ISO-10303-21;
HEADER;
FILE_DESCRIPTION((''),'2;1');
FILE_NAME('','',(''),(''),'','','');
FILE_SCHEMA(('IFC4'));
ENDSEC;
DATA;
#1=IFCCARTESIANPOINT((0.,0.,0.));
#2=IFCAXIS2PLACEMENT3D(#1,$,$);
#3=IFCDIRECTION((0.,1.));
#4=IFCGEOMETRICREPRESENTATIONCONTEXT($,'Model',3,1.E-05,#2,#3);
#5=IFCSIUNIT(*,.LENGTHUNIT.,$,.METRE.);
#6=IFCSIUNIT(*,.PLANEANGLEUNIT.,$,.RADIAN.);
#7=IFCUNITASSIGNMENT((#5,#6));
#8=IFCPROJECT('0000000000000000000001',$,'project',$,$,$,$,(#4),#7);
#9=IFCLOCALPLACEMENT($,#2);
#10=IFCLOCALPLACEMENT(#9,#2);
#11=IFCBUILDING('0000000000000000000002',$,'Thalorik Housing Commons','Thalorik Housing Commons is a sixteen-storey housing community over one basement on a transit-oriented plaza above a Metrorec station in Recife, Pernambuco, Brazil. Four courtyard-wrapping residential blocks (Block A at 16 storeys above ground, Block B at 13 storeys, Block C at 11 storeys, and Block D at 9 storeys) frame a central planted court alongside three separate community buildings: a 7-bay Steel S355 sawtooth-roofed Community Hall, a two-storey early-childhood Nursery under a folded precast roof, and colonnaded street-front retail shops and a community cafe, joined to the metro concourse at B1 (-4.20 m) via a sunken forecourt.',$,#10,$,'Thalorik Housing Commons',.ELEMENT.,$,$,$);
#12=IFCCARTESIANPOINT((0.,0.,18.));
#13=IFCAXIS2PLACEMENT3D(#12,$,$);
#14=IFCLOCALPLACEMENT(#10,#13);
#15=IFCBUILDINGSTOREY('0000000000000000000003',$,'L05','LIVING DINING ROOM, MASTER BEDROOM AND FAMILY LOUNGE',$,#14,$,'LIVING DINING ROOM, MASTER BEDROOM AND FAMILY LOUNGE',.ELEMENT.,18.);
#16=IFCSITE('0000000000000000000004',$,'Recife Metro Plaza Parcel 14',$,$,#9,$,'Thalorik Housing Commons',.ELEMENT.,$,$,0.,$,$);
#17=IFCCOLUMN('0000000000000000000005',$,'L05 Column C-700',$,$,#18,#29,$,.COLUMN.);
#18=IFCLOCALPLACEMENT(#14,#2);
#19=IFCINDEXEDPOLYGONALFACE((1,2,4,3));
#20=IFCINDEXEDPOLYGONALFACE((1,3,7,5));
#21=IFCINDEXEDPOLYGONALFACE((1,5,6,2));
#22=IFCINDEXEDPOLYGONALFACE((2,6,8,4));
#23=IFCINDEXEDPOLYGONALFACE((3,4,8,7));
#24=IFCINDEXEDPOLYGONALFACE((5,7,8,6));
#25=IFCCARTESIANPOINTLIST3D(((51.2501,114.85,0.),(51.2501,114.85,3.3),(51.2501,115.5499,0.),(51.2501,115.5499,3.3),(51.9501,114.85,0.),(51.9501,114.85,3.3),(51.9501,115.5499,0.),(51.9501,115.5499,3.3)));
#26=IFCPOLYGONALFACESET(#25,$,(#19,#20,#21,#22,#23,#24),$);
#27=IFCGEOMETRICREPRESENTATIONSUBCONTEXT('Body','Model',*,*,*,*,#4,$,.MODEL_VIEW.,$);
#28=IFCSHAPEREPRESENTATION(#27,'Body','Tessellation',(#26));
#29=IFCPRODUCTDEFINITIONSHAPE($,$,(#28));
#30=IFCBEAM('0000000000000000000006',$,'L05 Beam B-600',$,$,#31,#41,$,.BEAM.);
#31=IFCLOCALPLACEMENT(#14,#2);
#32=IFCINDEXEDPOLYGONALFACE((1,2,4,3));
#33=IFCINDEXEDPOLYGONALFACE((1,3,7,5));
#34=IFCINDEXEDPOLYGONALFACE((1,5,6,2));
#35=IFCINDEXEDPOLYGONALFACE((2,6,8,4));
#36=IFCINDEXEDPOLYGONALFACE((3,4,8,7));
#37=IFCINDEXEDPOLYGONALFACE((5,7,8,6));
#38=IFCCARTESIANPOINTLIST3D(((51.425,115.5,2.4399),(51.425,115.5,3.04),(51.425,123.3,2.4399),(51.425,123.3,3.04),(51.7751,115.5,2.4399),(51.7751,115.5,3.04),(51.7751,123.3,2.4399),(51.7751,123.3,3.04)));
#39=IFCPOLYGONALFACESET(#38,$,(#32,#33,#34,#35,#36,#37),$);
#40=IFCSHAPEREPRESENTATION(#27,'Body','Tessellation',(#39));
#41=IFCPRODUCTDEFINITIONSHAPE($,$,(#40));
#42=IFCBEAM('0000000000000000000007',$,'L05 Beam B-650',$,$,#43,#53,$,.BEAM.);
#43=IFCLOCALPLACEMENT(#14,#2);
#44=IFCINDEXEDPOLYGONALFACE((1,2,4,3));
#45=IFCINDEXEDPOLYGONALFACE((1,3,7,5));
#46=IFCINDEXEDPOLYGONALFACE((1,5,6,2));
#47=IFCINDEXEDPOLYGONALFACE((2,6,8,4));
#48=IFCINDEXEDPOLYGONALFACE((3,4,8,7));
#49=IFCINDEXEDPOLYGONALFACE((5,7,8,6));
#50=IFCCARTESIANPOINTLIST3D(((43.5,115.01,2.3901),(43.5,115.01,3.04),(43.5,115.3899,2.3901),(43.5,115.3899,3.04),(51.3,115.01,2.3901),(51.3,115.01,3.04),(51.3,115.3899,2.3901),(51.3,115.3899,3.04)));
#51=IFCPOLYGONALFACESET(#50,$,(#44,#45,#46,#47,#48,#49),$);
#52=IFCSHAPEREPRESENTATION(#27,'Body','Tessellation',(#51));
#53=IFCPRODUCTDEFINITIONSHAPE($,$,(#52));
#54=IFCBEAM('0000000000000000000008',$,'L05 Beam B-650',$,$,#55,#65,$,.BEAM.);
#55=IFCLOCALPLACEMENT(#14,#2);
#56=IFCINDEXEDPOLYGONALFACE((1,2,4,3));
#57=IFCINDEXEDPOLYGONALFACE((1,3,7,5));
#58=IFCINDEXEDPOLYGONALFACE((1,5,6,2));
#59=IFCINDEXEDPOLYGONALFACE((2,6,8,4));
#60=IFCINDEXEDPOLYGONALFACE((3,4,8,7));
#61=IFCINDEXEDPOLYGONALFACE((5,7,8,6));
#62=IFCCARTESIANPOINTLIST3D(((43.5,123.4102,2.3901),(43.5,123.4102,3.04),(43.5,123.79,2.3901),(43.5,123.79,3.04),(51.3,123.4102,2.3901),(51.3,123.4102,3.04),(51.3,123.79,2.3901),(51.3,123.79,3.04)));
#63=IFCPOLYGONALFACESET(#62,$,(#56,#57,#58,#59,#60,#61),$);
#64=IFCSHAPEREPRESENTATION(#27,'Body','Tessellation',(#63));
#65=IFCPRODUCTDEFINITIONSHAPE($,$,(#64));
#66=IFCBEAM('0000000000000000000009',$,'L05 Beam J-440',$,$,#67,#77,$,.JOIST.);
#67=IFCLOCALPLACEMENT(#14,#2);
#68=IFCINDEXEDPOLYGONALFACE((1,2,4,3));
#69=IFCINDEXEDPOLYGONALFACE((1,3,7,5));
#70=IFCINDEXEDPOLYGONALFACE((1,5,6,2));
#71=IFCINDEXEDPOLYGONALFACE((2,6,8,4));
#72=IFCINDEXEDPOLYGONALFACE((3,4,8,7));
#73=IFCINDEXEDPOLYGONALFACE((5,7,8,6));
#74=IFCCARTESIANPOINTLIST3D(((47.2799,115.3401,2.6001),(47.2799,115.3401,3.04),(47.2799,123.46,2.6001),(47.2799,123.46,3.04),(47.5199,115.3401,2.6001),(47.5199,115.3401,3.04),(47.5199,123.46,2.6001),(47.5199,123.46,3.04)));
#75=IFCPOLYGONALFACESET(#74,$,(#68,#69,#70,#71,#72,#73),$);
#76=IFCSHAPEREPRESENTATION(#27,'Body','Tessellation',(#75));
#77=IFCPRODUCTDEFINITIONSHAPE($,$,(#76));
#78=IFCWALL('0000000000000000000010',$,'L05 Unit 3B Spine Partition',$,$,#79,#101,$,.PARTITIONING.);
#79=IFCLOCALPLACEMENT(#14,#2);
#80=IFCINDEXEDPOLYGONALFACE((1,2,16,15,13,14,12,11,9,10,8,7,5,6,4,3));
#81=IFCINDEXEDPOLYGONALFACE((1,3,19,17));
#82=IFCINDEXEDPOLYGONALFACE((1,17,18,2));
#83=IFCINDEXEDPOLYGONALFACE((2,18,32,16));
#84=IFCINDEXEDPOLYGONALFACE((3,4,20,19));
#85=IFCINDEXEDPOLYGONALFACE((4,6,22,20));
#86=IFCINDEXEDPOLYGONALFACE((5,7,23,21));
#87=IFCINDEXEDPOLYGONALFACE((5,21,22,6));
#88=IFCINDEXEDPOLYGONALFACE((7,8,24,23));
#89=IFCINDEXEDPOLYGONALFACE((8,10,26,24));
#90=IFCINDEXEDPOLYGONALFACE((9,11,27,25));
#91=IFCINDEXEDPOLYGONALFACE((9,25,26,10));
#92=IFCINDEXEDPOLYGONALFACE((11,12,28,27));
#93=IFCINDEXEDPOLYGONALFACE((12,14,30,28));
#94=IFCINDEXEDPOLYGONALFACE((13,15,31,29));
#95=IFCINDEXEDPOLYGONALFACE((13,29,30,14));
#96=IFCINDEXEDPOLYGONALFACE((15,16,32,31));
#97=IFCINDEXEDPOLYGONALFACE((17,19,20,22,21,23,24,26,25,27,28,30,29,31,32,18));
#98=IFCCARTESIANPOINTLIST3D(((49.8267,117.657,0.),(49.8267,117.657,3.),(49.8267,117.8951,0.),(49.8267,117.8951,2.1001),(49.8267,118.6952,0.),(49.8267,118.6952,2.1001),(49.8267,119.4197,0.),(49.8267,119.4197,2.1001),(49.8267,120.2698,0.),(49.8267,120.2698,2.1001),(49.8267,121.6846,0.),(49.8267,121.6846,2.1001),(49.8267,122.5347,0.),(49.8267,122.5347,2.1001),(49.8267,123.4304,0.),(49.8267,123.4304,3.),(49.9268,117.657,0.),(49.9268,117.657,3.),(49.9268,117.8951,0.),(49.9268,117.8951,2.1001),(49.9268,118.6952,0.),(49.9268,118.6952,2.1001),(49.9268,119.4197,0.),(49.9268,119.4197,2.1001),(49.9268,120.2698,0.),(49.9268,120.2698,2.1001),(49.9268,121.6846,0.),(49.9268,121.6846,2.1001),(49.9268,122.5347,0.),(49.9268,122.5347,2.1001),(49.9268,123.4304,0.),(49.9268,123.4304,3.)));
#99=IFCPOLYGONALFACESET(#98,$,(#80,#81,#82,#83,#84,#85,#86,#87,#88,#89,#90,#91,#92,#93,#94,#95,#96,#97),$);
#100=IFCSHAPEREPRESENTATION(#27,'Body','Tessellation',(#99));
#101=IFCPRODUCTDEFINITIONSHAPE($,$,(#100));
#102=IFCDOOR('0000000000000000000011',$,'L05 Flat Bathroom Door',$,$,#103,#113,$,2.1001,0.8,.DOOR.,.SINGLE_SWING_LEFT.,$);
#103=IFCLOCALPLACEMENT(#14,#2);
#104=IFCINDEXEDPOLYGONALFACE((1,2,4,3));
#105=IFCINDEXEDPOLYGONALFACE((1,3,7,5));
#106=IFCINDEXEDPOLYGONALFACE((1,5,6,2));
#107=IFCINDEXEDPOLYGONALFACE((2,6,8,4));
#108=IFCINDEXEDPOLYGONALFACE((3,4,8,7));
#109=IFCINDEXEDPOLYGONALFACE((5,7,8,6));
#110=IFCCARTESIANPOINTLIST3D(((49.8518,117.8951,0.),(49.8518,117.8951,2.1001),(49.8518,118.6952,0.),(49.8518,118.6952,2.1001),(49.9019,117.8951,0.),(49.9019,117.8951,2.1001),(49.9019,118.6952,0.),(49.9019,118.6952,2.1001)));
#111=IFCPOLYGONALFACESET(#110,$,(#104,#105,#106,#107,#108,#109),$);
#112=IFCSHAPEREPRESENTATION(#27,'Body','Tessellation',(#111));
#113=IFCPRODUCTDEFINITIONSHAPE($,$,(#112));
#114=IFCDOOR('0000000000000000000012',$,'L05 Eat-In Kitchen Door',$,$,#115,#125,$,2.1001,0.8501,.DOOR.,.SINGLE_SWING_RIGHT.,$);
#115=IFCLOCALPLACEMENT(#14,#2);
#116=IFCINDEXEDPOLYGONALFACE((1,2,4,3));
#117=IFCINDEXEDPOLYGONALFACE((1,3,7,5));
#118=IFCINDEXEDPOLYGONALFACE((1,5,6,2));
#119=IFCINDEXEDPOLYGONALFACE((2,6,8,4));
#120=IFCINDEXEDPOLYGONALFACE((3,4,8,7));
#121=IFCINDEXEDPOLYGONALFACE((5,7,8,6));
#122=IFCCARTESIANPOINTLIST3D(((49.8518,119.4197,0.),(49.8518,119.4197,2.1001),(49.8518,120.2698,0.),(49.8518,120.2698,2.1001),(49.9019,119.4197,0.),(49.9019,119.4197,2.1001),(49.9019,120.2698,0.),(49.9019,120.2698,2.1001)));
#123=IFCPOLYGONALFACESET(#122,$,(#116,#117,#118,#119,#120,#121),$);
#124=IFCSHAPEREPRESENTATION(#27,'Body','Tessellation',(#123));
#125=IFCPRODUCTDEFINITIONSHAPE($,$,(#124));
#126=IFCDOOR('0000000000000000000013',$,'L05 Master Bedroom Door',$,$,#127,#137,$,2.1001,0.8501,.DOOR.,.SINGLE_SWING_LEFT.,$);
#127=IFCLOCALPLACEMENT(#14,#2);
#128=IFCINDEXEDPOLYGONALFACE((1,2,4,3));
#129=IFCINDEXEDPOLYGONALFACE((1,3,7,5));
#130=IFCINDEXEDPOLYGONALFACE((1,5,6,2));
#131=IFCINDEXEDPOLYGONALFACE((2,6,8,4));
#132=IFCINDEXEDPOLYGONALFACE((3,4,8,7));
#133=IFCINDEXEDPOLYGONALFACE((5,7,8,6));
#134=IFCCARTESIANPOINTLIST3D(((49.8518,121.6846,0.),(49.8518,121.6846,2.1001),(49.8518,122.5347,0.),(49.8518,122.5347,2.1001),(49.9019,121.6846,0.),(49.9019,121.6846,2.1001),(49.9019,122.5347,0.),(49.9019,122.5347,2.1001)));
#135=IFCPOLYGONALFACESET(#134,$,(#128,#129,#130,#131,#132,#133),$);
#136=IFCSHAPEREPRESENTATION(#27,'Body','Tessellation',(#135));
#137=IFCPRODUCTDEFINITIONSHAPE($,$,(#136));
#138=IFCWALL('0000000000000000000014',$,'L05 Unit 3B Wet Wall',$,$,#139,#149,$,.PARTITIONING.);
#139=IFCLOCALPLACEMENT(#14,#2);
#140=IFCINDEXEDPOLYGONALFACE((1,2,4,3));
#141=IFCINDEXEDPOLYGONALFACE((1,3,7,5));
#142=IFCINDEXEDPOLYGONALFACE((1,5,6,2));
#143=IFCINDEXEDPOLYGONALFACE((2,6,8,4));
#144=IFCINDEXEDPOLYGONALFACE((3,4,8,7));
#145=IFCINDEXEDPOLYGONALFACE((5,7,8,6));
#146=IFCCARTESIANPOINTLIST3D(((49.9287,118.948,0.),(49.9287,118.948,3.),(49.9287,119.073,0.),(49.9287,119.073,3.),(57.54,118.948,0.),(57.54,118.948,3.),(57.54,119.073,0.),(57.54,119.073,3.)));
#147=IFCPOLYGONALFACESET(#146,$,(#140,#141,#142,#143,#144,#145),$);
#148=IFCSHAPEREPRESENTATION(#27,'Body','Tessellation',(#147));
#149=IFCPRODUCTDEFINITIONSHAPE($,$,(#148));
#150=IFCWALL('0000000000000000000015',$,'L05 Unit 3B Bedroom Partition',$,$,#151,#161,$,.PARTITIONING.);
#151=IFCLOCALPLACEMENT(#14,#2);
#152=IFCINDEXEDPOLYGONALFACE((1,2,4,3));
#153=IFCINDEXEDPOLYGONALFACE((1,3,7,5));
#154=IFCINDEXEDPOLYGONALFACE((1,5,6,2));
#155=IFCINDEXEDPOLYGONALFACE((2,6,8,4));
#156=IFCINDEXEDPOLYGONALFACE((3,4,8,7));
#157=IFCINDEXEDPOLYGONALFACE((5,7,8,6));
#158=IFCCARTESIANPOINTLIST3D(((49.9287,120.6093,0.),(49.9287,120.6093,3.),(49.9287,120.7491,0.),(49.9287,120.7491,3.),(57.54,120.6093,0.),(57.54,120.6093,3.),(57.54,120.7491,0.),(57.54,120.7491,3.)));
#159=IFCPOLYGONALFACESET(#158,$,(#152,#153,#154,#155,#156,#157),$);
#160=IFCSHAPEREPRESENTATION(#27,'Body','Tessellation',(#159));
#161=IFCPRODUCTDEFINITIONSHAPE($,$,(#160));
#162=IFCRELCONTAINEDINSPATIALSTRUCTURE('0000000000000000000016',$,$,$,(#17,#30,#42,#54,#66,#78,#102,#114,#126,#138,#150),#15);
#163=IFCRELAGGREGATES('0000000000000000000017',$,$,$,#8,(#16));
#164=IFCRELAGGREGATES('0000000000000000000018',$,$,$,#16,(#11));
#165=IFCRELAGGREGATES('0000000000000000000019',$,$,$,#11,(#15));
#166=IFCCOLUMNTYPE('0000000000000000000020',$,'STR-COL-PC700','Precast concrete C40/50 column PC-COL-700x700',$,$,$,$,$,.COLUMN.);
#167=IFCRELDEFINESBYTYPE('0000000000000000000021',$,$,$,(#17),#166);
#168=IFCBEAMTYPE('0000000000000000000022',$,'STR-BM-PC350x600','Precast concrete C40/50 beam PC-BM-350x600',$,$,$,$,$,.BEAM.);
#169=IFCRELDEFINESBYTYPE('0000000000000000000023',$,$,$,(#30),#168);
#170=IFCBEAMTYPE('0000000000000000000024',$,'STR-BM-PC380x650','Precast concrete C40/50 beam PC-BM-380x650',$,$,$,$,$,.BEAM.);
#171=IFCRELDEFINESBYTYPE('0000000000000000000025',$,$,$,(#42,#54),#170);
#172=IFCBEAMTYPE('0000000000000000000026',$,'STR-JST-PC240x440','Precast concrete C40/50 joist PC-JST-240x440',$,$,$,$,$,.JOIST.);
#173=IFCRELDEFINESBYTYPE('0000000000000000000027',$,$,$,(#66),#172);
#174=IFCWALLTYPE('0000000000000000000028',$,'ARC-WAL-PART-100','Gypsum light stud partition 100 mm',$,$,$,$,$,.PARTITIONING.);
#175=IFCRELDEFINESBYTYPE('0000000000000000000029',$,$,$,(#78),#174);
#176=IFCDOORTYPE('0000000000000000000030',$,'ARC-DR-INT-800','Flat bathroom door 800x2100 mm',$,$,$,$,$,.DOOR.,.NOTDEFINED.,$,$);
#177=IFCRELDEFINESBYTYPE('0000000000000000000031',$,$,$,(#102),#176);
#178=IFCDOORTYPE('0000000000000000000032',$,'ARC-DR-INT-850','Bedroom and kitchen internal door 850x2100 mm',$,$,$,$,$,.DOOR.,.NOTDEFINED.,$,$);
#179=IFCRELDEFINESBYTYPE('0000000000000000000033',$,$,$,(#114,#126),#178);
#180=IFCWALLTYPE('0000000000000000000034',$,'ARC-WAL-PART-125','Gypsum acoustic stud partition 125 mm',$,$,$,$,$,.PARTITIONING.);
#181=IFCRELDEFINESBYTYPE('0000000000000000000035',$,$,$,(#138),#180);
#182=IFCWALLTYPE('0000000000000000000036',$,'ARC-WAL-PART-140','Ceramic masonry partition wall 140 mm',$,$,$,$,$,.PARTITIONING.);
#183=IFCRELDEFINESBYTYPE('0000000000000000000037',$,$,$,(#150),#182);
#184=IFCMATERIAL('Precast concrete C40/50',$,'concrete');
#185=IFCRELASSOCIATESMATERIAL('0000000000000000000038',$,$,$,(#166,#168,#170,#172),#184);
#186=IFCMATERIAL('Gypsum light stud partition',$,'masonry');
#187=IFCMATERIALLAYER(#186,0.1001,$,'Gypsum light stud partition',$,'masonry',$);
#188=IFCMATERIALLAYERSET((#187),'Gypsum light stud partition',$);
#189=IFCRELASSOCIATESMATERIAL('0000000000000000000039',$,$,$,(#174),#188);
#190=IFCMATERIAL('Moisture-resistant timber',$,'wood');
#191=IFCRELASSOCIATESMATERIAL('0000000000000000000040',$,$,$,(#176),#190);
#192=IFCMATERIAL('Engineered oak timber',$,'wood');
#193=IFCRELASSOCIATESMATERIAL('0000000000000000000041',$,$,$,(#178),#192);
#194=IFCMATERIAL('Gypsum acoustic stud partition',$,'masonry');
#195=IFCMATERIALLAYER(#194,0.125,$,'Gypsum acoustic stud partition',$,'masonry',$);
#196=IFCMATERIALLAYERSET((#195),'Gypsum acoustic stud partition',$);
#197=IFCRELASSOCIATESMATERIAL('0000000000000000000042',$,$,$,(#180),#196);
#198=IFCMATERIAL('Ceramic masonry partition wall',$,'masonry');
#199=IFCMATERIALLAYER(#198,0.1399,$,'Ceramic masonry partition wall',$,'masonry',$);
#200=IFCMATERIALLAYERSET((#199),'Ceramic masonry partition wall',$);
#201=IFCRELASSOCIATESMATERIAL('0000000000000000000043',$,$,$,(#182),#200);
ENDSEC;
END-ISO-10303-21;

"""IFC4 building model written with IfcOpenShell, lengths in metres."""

from ifc_helpers import new_model, si_unit, direction, frame, frame_2d, origin, origin_2d, place, context, subcontext, project, spatial, rectangle, extrude, material, layer, layer_set, material_profile, profile_set, type_object, element, fill, save


model = new_model("IFC4")

# Units and contexts
model_context = context("Model", 3, precision=1e-05, world=origin(), true_north=direction((0.0, 1.0)))
body_context = subcontext(model_context, "Body", "Model", "MODEL_VIEW")
ifc_project = project(units=[si_unit("LENGTHUNIT", "METRE"), si_unit("PLANEANGLEUNIT", "RADIAN")], contexts=[model_context])

# Site, building, storey
site_placement = place(None, origin())
site = spatial("IfcSite", under=ifc_project, at=site_placement, Name="Recife Metro Plaza Parcel 14", LongName="Thalorik Housing Commons", CompositionType="ELEMENT", RefElevation=0.0)
building_placement = place(site_placement, origin())
building = spatial("IfcBuilding", under=site, at=building_placement, Name="Thalorik Housing Commons", Description="Thalorik Housing Commons is a sixteen-storey housing community over one basement on a transit-oriented plaza above a Metrorec station in Recife, Pernambuco, Brazil. Four courtyard-wrapping residential blocks (Block A at 16 storeys above ground, Block B at 13 storeys, Block C at 11 storeys, and Block D at 9 storeys) frame a central planted court alongside three separate community buildings: a 7-bay Steel S355 sawtooth-roofed Community Hall, a two-storey early-childhood Nursery under a folded precast roof, and colonnaded street-front retail shops and a community cafe, joined to the metro concourse at B1 (-4.20 m) via a sunken forecourt.", LongName="Thalorik Housing Commons", CompositionType="ELEMENT")
storey_placement = place(building_placement, frame((0.0, 0.0, 18.0)))
storey = spatial("IfcBuildingStorey", under=building, at=storey_placement, Name="L05", Description="LIVING DINING ROOM, MASTER BEDROOM AND FAMILY LOUNGE", LongName="LIVING DINING ROOM, MASTER BEDROOM AND FAMILY LOUNGE", CompositionType="ELEMENT", Elevation=18.0)

# Column
ifc_material_1 = material(Name="Precast concrete C40/50", Category="concrete")
ifc_material_profile_1 = material_profile(ifc_material_1, rectangle(XDim=0.7, YDim=0.7, at=origin_2d()), Name="PC 700x700", Category="concrete")
ifc_profile_set_1 = profile_set([ifc_material_profile_1], Name="Precast concrete C40/50")
column_type = type_object("IfcColumnType", Name="STR-COL-PC700", Description="Precast concrete C40/50 column PC-COL-700x700", PredefinedType="COLUMN", material=ifc_profile_set_1)
column_placement = place(storey_placement, frame((51.6001, 115.2, 0.0), z_axis=(0.0, 0.0, 1.0), x_axis=(1.0, 0.0, 0.0)))
element("IfcColumn", 1, at=column_placement, inside=storey, type_object=column_type, Name="L05 Column C-700", PredefinedType="COLUMN", context=body_context, shape_type="SweptSolid", body=[
    extrude(rectangle(XDim=0.7, YDim=0.7, at=origin_2d()), origin(), (0.0, 0.0, 1.0), 3.3),
])

# Beams
ifc_material_profile_2 = material_profile(ifc_material_1, rectangle(XDim=0.3501, YDim=0.6001, at=origin_2d()), Name="PC 350x600", Category="concrete")
ifc_profile_set_2 = profile_set([ifc_material_profile_2], Name="Precast concrete C40/50")
beam_type_1 = type_object("IfcBeamType", Name="STR-BM-PC350x600", Description="Precast concrete C40/50 beam PC-BM-350x600", PredefinedType="BEAM", material=ifc_profile_set_2)
beam_1_placement = place(storey_placement, frame((51.6001, 115.5, 2.74), z_axis=(0.0, 1.0, 0.0), x_axis=(-1.0, 0.0, 0.0)))
element("IfcBeam", 2, at=beam_1_placement, inside=storey, type_object=beam_type_1, Name="L05 Beam B-600", PredefinedType="BEAM", context=body_context, shape_type="SweptSolid", body=[
    extrude(rectangle(XDim=0.3501, YDim=0.6001, at=origin_2d()), origin(), (0.0, 0.0, 1.0), 7.8),
])
ifc_material_profile_3 = material_profile(ifc_material_1, rectangle(XDim=0.3799, YDim=0.6499, at=origin_2d()), Name="PC 380x650", Category="concrete")
ifc_profile_set_3 = profile_set([ifc_material_profile_3], Name="Precast concrete C40/50")
beam_type_2 = type_object("IfcBeamType", Name="STR-BM-PC380x650", Description="Precast concrete C40/50 beam PC-BM-380x650", PredefinedType="BEAM", material=ifc_profile_set_3)
for number, where, z_axis, x_axis, name in (
    (3, (43.5, 115.2, 2.7151), (1.0, 0.0, 0.0), (0.0, 1.0, 0.0), "L05 Beam B-650"),
    (4, (43.5, 123.6001, 2.7151), (1.0, 0.0, 0.0), (0.0, 1.0, 0.0), "L05 Beam B-650"),
):
    element("IfcBeam", number, at=place(storey_placement, frame(where, z_axis=z_axis, x_axis=x_axis)), inside=storey, type_object=beam_type_2, Name=name, PredefinedType="BEAM", context=body_context, shape_type="SweptSolid", body=[
        extrude(rectangle(XDim=0.3799, YDim=0.6499, at=origin_2d()), origin(), (0.0, 0.0, 1.0), 7.8),
    ])
ifc_material_profile_4 = material_profile(ifc_material_1, rectangle(XDim=0.24, YDim=0.4399, at=origin_2d()), Name="PC JST 240x440", Category="concrete")
ifc_profile_set_4 = profile_set([ifc_material_profile_4], Name="Precast concrete C40/50")
beam_type_3 = type_object("IfcBeamType", Name="STR-JST-PC240x440", Description="Precast concrete C40/50 joist PC-JST-240x440", PredefinedType="JOIST", material=ifc_profile_set_4)
beam_2_placement = place(storey_placement, frame((47.3999, 115.3401, 2.8201), z_axis=(0.0, 1.0, 0.0), x_axis=(-1.0, 0.0, 0.0)))
element("IfcBeam", 5, at=beam_2_placement, inside=storey, type_object=beam_type_3, Name="L05 Beam J-440", PredefinedType="JOIST", context=body_context, shape_type="SweptSolid", body=[
    extrude(rectangle(XDim=0.24, YDim=0.4399, at=origin_2d()), origin(), (0.0, 0.0, 1.0), 8.1199),
])

# Wall, openings, doors
ifc_material_2 = material(Name="Gypsum light stud partition", Category="masonry")
ifc_layer_1 = layer(ifc_material_2, 0.1001, Name="Gypsum light stud partition", Category="masonry")
ifc_layer_set_1 = layer_set([ifc_layer_1], Name="Gypsum light stud partition")
wall_type_1 = type_object("IfcWallType", Name="ARC-WAL-PART-100", Description="Gypsum light stud partition 100 mm", PredefinedType="PARTITIONING", material=ifc_layer_set_1)
wall_1_placement = place(storey_placement, frame((49.8767, 117.657, 0.0), z_axis=(0.0, 0.0, 1.0), x_axis=(0.0, 1.0, 0.0)))
wall_1 = element("IfcWall", 6, at=wall_1_placement, inside=storey, type_object=wall_type_1, Name="L05 Unit 3B Spine Partition", PredefinedType="PARTITIONING", context=body_context, shape_type="SweptSolid", body=[
    extrude(rectangle(XDim=5.7734, YDim=0.1001, at=frame_2d((2.8867, 0.0))), origin(), (0.0, 0.0, 1.0), 3.0),
])
opening_1_placement = place(wall_1_placement, frame((0.2383, 0.0, 0.0)))
opening_1 = element("IfcOpeningElement", 7, at=opening_1_placement, cuts=wall_1, PredefinedType="OPENING", context=body_context, shape_type="SweptSolid", body=[
    extrude(rectangle(XDim=0.8, YDim=2.1001, at=frame_2d((0.3999, 1.05))), frame((0.0, 0.0601, 0.0), z_axis=(0.0, -1.0, 0.0), x_axis=(1.0, 0.0, 0.0)), (0.0, 0.0, 1.0), 0.1201),
])
opening_2_placement = place(wall_1_placement, frame((1.7627, 0.0, 0.0)))
opening_2 = element("IfcOpeningElement", 8, at=opening_2_placement, cuts=wall_1, PredefinedType="OPENING", context=body_context, shape_type="SweptSolid", body=[
    extrude(rectangle(XDim=0.8501, YDim=2.1001, at=frame_2d((0.425, 1.05))), frame((0.0, 0.0601, 0.0), z_axis=(0.0, -1.0, 0.0), x_axis=(1.0, 0.0, 0.0)), (0.0, 0.0, 1.0), 0.1201),
])
opening_3_placement = place(wall_1_placement, frame((4.0276, 0.0, 0.0)))
opening_3 = element("IfcOpeningElement", 9, at=opening_3_placement, cuts=wall_1, PredefinedType="OPENING", context=body_context, shape_type="SweptSolid", body=[
    extrude(rectangle(XDim=0.8501, YDim=2.1001, at=frame_2d((0.425, 1.05))), frame((0.0, 0.0601, 0.0), z_axis=(0.0, -1.0, 0.0), x_axis=(1.0, 0.0, 0.0)), (0.0, 0.0, 1.0), 0.1201),
])
ifc_material_3 = material(Name="Moisture-resistant timber", Category="wood")
door_type_1 = type_object("IfcDoorType", Name="ARC-DR-INT-800", Description="Flat bathroom door 800x2100 mm", OperationType="NOTDEFINED", PredefinedType="DOOR", material=ifc_material_3)
door_1_placement = place(opening_1_placement, origin())
door_1 = element("IfcDoor", 10, at=door_1_placement, inside=storey, type_object=door_type_1, Name="L05 Flat Bathroom Door", OperationType="SINGLE_SWING_LEFT", OverallHeight=2.1001, OverallWidth=0.8, PredefinedType="DOOR", context=body_context, shape_type="SweptSolid", body=[
    extrude(rectangle(XDim=0.8, YDim=2.1001, at=frame_2d((0.3999, 1.05))), frame((0.0, 0.0249, 0.0), z_axis=(0.0, -1.0, 0.0), x_axis=(1.0, 0.0, 0.0)), (0.0, 0.0, 1.0), 0.05),
])
fill(opening_1, door_1)
ifc_material_4 = material(Name="Engineered oak timber", Category="wood")
door_type_2 = type_object("IfcDoorType", Name="ARC-DR-INT-850", Description="Bedroom and kitchen internal door 850x2100 mm", OperationType="NOTDEFINED", PredefinedType="DOOR", material=ifc_material_4)
door_2_placement = place(opening_2_placement, origin())
door_2 = element("IfcDoor", 11, at=door_2_placement, inside=storey, type_object=door_type_2, Name="L05 Eat-In Kitchen Door", OperationType="SINGLE_SWING_RIGHT", OverallHeight=2.1001, OverallWidth=0.8501, PredefinedType="DOOR", context=body_context, shape_type="SweptSolid", body=[
    extrude(rectangle(XDim=0.8501, YDim=2.1001, at=frame_2d((0.425, 1.05))), frame((0.0, 0.0249, 0.0), z_axis=(0.0, -1.0, 0.0), x_axis=(1.0, 0.0, 0.0)), (0.0, 0.0, 1.0), 0.05),
])
fill(opening_2, door_2)
door_3_placement = place(opening_3_placement, origin())
door_3 = element("IfcDoor", 12, at=door_3_placement, inside=storey, type_object=door_type_2, Name="L05 Master Bedroom Door", OperationType="SINGLE_SWING_LEFT", OverallHeight=2.1001, OverallWidth=0.8501, PredefinedType="DOOR", context=body_context, shape_type="SweptSolid", body=[
    extrude(rectangle(XDim=0.8501, YDim=2.1001, at=frame_2d((0.425, 1.05))), frame((0.0, 0.0249, 0.0), z_axis=(0.0, -1.0, 0.0), x_axis=(1.0, 0.0, 0.0)), (0.0, 0.0, 1.0), 0.05),
])
fill(opening_3, door_3)

# Walls
ifc_material_5 = material(Name="Gypsum acoustic stud partition", Category="masonry")
ifc_layer_2 = layer(ifc_material_5, 0.125, Name="Gypsum acoustic stud partition", Category="masonry")
ifc_layer_set_2 = layer_set([ifc_layer_2], Name="Gypsum acoustic stud partition")
wall_type_2 = type_object("IfcWallType", Name="ARC-WAL-PART-125", Description="Gypsum acoustic stud partition 125 mm", PredefinedType="PARTITIONING", material=ifc_layer_set_2)
wall_2_placement = place(storey_placement, frame((49.9287, 119.0105, 0.0), z_axis=(0.0, 0.0, 1.0), x_axis=(1.0, 0.0, 0.0)))
element("IfcWall", 13, at=wall_2_placement, inside=storey, type_object=wall_type_2, Name="L05 Unit 3B Wet Wall", PredefinedType="PARTITIONING", context=body_context, shape_type="SweptSolid", body=[
    extrude(rectangle(XDim=7.6113, YDim=0.125, at=frame_2d((3.8057, 0.0))), origin(), (0.0, 0.0, 1.0), 3.0),
])
ifc_material_6 = material(Name="Ceramic masonry partition wall", Category="masonry")
ifc_layer_3 = layer(ifc_material_6, 0.1399, Name="Ceramic masonry partition wall", Category="masonry")
ifc_layer_set_3 = layer_set([ifc_layer_3], Name="Ceramic masonry partition wall")
wall_type_3 = type_object("IfcWallType", Name="ARC-WAL-PART-140", Description="Ceramic masonry partition wall 140 mm", PredefinedType="PARTITIONING", material=ifc_layer_set_3)
wall_3_placement = place(storey_placement, frame((49.9287, 120.6792, 0.0), z_axis=(0.0, 0.0, 1.0), x_axis=(1.0, 0.0, 0.0)))
element("IfcWall", 14, at=wall_3_placement, inside=storey, type_object=wall_type_3, Name="L05 Unit 3B Bedroom Partition", PredefinedType="PARTITIONING", context=body_context, shape_type="SweptSolid", body=[
    extrude(rectangle(XDim=7.6113, YDim=0.1399, at=frame_2d((3.8057, 0.0))), origin(), (0.0, 0.0, 1.0), 3.0),
])

save(model, "model.ifc")
